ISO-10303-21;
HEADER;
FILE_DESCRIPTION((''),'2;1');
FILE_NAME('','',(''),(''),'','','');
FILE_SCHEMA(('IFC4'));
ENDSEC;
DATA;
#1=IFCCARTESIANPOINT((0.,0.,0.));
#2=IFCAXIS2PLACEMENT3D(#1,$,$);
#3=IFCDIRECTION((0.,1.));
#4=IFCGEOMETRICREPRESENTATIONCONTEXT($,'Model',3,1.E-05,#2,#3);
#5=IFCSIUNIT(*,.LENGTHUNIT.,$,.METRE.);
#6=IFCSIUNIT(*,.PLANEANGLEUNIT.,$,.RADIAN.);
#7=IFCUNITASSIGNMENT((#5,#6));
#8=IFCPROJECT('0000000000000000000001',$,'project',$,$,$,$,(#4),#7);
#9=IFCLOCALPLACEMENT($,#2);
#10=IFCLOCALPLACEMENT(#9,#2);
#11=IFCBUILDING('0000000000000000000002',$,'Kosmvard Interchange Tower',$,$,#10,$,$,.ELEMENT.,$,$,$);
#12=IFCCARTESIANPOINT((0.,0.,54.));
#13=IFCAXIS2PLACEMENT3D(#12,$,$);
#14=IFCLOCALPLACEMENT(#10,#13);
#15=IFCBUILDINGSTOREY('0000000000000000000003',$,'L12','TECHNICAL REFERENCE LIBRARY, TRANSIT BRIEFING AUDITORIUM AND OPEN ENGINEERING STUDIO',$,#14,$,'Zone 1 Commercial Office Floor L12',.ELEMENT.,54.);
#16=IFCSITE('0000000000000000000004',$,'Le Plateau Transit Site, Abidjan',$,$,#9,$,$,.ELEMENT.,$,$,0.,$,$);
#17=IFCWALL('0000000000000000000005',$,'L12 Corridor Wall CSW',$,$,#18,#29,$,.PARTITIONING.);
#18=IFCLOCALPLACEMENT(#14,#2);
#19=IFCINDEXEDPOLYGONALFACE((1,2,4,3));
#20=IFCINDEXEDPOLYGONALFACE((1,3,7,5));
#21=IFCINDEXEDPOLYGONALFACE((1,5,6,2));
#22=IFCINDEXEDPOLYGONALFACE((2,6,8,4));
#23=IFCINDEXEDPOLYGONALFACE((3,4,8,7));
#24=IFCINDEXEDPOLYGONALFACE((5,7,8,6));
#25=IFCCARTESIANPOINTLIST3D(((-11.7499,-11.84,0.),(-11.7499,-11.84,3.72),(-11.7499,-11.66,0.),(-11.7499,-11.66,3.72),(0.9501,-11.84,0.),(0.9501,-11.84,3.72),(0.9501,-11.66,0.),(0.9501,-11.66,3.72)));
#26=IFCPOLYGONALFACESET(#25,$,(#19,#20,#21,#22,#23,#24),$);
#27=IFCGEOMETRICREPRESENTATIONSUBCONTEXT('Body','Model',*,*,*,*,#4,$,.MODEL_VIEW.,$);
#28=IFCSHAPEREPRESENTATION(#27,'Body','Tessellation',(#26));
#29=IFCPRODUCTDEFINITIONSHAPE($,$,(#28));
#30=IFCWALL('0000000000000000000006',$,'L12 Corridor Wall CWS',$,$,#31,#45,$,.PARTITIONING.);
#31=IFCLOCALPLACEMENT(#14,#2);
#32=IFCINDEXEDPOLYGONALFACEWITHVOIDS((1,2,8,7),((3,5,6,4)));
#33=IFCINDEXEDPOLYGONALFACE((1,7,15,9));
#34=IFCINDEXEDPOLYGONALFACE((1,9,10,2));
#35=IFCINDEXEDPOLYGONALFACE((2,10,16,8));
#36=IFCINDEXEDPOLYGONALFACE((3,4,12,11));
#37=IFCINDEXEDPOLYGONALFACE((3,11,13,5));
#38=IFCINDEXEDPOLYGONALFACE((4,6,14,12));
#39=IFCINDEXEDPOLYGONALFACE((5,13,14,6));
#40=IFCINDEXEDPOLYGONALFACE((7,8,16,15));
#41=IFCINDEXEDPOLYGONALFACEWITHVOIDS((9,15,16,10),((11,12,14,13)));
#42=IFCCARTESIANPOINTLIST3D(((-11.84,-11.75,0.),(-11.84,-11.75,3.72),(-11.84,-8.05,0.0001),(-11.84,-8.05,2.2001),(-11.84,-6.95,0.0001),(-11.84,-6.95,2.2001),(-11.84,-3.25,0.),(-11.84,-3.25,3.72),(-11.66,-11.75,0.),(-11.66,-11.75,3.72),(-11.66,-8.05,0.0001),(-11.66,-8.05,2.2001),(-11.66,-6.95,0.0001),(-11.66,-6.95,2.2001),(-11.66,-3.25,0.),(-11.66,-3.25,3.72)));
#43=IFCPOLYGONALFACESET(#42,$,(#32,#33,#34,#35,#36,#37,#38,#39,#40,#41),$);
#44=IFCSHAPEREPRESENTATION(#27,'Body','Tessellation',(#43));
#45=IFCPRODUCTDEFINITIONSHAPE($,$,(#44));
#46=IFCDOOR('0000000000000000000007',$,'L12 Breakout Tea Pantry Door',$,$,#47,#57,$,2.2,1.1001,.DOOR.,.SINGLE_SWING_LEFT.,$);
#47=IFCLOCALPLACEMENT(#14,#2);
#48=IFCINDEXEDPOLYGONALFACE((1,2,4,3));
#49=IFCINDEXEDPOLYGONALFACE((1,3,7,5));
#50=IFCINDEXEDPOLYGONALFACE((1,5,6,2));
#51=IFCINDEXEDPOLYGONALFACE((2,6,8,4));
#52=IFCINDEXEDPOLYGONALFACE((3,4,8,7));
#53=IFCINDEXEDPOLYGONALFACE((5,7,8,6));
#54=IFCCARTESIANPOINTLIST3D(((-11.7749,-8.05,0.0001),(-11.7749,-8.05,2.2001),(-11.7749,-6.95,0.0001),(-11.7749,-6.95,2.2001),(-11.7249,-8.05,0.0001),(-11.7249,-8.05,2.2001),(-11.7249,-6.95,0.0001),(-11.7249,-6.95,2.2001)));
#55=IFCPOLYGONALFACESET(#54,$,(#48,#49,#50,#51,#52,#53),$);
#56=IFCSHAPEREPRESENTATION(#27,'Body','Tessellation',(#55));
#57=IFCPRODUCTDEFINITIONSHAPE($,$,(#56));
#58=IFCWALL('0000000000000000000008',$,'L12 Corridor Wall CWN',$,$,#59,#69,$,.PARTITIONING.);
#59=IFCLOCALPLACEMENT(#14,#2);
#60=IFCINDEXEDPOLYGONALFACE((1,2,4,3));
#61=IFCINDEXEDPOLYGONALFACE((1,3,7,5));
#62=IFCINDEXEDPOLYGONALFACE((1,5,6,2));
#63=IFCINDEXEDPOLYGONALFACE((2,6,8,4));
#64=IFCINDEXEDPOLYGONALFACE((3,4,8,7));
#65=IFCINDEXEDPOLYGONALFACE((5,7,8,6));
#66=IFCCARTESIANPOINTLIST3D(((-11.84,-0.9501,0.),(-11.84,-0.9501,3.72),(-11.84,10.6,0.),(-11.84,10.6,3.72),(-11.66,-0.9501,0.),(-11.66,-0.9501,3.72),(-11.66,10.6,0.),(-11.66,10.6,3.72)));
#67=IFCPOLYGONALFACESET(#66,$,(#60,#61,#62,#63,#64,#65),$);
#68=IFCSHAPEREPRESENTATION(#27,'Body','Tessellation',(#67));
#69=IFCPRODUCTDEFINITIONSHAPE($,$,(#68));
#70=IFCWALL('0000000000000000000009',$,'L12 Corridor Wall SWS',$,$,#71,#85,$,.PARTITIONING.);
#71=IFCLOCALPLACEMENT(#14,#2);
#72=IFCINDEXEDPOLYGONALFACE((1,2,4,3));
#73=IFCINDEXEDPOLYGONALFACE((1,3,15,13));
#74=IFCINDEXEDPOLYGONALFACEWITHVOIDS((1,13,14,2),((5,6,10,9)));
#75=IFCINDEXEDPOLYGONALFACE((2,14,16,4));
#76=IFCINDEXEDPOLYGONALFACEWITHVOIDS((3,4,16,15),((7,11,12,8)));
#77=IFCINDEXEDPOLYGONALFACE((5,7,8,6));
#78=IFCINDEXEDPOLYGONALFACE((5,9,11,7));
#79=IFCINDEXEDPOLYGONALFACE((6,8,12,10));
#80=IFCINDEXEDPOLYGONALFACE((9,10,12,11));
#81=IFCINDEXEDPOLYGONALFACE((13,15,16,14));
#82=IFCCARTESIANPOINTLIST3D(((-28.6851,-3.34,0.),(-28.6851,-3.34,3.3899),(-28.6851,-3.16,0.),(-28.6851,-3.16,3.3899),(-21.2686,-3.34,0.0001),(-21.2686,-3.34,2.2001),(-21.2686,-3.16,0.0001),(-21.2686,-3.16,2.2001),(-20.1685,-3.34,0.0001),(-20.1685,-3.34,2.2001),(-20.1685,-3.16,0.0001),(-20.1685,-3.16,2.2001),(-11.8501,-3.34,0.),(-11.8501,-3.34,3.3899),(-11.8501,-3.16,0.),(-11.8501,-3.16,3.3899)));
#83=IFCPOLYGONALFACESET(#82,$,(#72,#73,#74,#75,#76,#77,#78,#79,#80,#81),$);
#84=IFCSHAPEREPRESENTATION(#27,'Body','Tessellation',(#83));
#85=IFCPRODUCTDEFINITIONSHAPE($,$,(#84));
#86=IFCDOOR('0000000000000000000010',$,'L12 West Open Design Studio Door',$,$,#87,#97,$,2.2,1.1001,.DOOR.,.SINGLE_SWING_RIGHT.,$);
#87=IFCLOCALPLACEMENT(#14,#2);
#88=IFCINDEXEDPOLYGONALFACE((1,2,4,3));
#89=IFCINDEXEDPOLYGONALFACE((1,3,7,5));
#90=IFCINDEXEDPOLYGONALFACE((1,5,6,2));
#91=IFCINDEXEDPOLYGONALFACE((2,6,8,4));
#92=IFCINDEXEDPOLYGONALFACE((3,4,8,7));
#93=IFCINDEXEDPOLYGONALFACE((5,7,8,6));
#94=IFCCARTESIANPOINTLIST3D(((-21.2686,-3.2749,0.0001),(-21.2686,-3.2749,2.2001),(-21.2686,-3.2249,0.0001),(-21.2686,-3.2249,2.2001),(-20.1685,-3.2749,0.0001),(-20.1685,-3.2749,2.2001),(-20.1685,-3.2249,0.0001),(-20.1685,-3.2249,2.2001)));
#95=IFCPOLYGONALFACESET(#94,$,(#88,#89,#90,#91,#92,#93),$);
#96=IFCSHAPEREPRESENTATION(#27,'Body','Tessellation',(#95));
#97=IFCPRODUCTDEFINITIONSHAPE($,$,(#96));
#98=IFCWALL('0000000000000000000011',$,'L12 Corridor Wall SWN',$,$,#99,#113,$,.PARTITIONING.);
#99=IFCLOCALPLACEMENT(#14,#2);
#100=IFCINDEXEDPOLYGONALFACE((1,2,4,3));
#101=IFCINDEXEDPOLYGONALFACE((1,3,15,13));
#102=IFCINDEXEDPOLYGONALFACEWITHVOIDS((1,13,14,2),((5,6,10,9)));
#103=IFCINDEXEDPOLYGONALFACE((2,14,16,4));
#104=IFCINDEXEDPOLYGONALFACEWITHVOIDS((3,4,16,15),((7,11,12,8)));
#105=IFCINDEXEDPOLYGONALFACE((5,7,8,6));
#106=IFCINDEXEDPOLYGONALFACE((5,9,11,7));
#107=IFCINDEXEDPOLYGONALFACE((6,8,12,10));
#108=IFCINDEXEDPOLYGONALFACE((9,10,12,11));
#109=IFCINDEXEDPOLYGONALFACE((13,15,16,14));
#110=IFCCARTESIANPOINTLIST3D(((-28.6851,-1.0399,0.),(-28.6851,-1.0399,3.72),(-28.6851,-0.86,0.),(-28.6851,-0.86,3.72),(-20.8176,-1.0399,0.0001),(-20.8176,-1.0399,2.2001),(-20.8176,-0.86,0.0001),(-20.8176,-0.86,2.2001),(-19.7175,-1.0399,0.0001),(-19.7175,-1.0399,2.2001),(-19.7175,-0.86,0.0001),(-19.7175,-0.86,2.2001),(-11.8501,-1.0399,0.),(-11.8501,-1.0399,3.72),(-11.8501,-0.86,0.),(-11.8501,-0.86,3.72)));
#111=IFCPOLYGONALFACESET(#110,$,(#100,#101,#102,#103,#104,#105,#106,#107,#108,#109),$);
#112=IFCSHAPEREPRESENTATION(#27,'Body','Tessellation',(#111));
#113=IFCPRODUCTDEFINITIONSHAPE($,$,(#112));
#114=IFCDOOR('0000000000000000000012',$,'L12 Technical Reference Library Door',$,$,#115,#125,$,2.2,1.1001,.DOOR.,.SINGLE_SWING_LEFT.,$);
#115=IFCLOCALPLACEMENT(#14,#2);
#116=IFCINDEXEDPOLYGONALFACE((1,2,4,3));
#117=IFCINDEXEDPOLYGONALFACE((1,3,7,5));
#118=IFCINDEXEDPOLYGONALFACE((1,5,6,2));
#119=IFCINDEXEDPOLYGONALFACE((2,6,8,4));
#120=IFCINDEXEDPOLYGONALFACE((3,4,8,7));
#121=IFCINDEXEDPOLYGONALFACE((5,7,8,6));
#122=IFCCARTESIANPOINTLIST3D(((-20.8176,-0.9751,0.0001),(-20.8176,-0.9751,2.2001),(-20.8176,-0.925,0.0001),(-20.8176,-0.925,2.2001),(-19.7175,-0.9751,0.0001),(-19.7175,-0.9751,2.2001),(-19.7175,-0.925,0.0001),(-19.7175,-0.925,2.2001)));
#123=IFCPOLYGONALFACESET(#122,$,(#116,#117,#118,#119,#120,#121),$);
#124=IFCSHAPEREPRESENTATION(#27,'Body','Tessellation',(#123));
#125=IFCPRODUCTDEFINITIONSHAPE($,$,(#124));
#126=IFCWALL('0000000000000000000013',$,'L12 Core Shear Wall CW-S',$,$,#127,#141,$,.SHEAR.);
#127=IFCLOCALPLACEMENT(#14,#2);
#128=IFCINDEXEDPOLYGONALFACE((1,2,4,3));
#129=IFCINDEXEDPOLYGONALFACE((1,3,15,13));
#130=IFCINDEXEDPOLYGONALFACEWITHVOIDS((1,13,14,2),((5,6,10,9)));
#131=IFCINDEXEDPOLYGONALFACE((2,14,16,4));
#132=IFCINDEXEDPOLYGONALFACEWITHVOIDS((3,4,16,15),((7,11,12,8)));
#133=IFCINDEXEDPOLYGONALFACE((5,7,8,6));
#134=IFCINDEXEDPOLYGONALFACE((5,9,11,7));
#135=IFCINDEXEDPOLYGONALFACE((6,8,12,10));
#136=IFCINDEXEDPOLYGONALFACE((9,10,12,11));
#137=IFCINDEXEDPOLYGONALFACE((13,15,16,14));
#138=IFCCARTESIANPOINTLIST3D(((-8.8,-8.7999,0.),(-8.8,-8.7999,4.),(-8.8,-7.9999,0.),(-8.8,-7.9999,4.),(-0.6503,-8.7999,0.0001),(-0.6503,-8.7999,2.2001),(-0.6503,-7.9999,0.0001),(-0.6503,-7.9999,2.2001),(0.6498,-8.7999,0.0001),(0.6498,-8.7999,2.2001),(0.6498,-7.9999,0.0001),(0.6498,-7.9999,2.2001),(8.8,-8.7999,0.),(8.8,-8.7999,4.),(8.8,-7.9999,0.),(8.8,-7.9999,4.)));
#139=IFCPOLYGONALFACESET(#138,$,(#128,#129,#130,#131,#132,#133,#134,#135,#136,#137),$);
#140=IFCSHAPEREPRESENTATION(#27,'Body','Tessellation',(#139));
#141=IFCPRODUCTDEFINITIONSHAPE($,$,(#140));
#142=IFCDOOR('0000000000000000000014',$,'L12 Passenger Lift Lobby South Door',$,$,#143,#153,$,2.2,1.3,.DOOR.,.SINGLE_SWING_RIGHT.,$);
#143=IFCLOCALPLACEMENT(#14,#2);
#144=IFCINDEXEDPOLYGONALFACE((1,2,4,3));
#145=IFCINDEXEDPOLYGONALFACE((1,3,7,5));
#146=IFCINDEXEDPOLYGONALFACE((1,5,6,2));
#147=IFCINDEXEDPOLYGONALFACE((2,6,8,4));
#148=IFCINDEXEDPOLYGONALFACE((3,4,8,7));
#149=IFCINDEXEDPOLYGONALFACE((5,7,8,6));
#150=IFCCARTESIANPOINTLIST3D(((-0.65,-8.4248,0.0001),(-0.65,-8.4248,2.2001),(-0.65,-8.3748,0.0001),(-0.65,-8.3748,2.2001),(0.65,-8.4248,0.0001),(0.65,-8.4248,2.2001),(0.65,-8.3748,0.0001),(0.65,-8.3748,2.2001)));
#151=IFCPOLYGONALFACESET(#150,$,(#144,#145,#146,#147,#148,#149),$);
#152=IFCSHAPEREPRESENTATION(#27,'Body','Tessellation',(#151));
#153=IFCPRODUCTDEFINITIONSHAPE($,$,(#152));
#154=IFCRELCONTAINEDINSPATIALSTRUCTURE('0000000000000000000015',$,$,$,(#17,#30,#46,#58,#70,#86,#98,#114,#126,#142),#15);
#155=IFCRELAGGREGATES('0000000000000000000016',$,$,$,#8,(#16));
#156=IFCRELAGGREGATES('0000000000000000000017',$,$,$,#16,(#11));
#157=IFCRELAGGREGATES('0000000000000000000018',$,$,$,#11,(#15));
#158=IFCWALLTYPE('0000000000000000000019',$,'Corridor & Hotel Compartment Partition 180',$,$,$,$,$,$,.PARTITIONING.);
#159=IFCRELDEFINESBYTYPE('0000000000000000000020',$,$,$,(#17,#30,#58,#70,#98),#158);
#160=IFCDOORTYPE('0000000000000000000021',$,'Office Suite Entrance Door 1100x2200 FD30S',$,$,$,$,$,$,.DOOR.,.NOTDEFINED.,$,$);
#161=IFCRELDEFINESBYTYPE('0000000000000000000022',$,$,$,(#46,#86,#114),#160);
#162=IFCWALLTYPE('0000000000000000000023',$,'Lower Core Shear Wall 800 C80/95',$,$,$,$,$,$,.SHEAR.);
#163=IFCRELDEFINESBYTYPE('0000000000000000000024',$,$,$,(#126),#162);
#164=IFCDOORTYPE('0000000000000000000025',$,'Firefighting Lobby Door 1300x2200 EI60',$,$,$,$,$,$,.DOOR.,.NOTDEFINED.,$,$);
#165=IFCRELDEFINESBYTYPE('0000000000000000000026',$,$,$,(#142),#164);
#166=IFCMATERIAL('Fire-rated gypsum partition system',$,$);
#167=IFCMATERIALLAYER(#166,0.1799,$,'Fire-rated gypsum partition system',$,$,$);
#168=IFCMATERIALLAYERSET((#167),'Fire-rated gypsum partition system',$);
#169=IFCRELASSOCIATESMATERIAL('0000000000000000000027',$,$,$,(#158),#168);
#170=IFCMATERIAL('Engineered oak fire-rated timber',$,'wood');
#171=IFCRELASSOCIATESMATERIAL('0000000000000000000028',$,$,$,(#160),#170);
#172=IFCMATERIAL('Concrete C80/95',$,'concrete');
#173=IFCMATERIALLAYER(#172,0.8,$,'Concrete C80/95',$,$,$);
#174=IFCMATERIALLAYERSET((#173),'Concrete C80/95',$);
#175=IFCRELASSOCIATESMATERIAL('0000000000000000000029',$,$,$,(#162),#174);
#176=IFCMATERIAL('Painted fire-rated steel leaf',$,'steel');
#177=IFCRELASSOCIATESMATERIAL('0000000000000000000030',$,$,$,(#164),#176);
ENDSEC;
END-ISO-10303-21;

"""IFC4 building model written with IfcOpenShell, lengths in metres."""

from ifc_helpers import new_model, si_unit, direction, frame, frame_2d, origin, place, context, subcontext, project, spatial, rectangle, extrude, source, transform, mapped, material, layer, layer_set, type_object, element, fill, save


model = new_model("IFC4")

# Units and contexts
model_context = context("Model", 3, precision=1e-05, world=origin(), true_north=direction((0.0, 1.0)))
body_context = subcontext(model_context, "Body", "Model", "MODEL_VIEW")
ifc_project = project(units=[si_unit("LENGTHUNIT", "METRE"), si_unit("PLANEANGLEUNIT", "RADIAN")], contexts=[model_context])

# Site, building, storey
site_placement = place(None, origin())
site = spatial("IfcSite", under=ifc_project, at=site_placement, Name="Le Plateau Transit Site, Abidjan", CompositionType="ELEMENT", RefElevation=0.0)
building_placement = place(site_placement, origin())
building = spatial("IfcBuilding", under=site, at=building_placement, Name="Kosmvard Interchange Tower", CompositionType="ELEMENT")
storey_placement = place(building_placement, frame((0.0, 0.0, 54.0)))
storey = spatial("IfcBuildingStorey", under=building, at=storey_placement, Name="L12", Description="TECHNICAL REFERENCE LIBRARY, TRANSIT BRIEFING AUDITORIUM AND OPEN ENGINEERING STUDIO", LongName="Zone 1 Commercial Office Floor L12", CompositionType="ELEMENT", Elevation=54.0)

# Shared definitions
ifc_material_1 = material(Name="Concrete C80/95", Category="concrete")

# Wall
ifc_material_2 = material(Name="Fire-rated gypsum partition system")
ifc_layer_1 = layer(ifc_material_2, 0.1799, Name="Fire-rated gypsum partition system")
ifc_layer_set_1 = layer_set([ifc_layer_1], Name="Fire-rated gypsum partition system")
wall_type_1 = type_object("IfcWallType", Name="Corridor & Hotel Compartment Partition 180", PredefinedType="PARTITIONING", material=ifc_layer_set_1)
wall_1_placement = place(storey_placement, frame((-11.75, -11.75, 0.0), z_axis=(0.0, 0.0, 1.0), x_axis=(1.0, 0.0, 0.0)))
element("IfcWall", 1, at=wall_1_placement, inside=storey, type_object=wall_type_1, Name="L12 Corridor Wall CSW", PredefinedType="PARTITIONING", context=body_context, shape_type="SweptSolid", body=[
    extrude(rectangle(XDim=12.7, YDim=0.1799, at=frame_2d((6.3501, 0.0))), origin(), (0.0, 0.0, 1.0), 3.72),
])

# Wall, opening, door
wall_2_placement = place(storey_placement, frame((-11.75, -11.75, 0.0), z_axis=(0.0, 0.0, 1.0), x_axis=(0.0, 1.0, 0.0)))
wall_2 = element("IfcWall", 2, at=wall_2_placement, inside=storey, type_object=wall_type_1, Name="L12 Corridor Wall CWS", PredefinedType="PARTITIONING", context=body_context, shape_type="SweptSolid", body=[
    extrude(rectangle(XDim=8.5, YDim=0.1799, at=frame_2d((4.25, 0.0))), origin(), (0.0, 0.0, 1.0), 3.72),
])
opening_1_placement = place(wall_2_placement, frame((3.7, 0.0, 0.0)))
opening_1 = element("IfcOpeningElement", 3, at=opening_1_placement, cuts=wall_2, PredefinedType="OPENING", context=body_context, shape_type="SweptSolid", body=[
    extrude(rectangle(XDim=1.1001, YDim=2.2, at=frame_2d((0.55, 1.1001))), frame((0.0, 0.1001, 0.0), z_axis=(0.0, -1.0, 0.0), x_axis=(1.0, 0.0, 0.0)), (0.0, 0.0, 1.0), 0.2),
])
ifc_material_3 = material(Name="Engineered oak fire-rated timber", Category="wood")
door_type_1 = type_object("IfcDoorType", Name="Office Suite Entrance Door 1100x2200 FD30S", OperationType="NOTDEFINED", PredefinedType="DOOR", material=ifc_material_3)
shared_shape_1 = source(origin(), body_context, "Body", "SweptSolid", [
    extrude(rectangle(XDim=1.1001, YDim=2.2, at=frame_2d((0.55, 1.1001))), frame((0.0, 0.0249, 0.0), z_axis=(0.0, -1.0, 0.0), x_axis=(1.0, 0.0, 0.0)), (0.0, 0.0, 1.0), 0.05),
])
door_1_placement = place(opening_1_placement, origin())
door_1 = element("IfcDoor", 4, at=door_1_placement, inside=storey, type_object=door_type_1, Name="L12 Breakout Tea Pantry Door", OperationType="SINGLE_SWING_LEFT", OverallHeight=2.2, OverallWidth=1.1001, PredefinedType="DOOR", context=body_context, shape_type="MappedRepresentation", body=[
    mapped(shared_shape_1, transform((0.0, 0.0, 0.0), scale=1.0)),
])
fill(opening_1, door_1)

# Wall
wall_3_placement = place(storey_placement, frame((-11.75, -0.95, 0.0), z_axis=(0.0, 0.0, 1.0), x_axis=(0.0, 1.0, 0.0)))
element("IfcWall", 5, at=wall_3_placement, inside=storey, type_object=wall_type_1, Name="L12 Corridor Wall CWN", PredefinedType="PARTITIONING", context=body_context, shape_type="SweptSolid", body=[
    extrude(rectangle(XDim=11.55, YDim=0.1799, at=frame_2d((5.7749, 0.0))), origin(), (0.0, 0.0, 1.0), 3.72),
])

# Walls, openings, doors
wall_4_placement = place(storey_placement, frame((-28.6851, -3.25, 0.0), z_axis=(0.0, 0.0, 1.0), x_axis=(1.0, 0.0, 0.0)))
wall_4 = element("IfcWall", 6, at=wall_4_placement, inside=storey, type_object=wall_type_1, Name="L12 Corridor Wall SWS", PredefinedType="PARTITIONING", context=body_context, shape_type="SweptSolid", body=[
    extrude(rectangle(XDim=16.835, YDim=0.1799, at=frame_2d((8.4175, 0.0))), origin(), (0.0, 0.0, 1.0), 3.3899),
])
opening_2_placement = place(wall_4_placement, frame((7.4165, 0.0, 0.0)))
opening_2 = element("IfcOpeningElement", 7, at=opening_2_placement, cuts=wall_4, PredefinedType="OPENING", context=body_context, shape_type="SweptSolid", body=[
    extrude(rectangle(XDim=1.1001, YDim=2.2, at=frame_2d((0.55, 1.1001))), frame((0.0, 0.1001, 0.0), z_axis=(0.0, -1.0, 0.0), x_axis=(1.0, 0.0, 0.0)), (0.0, 0.0, 1.0), 0.2),
])
door_2_placement = place(opening_2_placement, frame((1.1001, 0.0, 0.0), z_axis=(0.0, 0.0, 1.0), x_axis=(-1.0, 0.0, 0.0)))
door_2 = element("IfcDoor", 8, at=door_2_placement, inside=storey, type_object=door_type_1, Name="L12 West Open Design Studio Door", OperationType="SINGLE_SWING_RIGHT", OverallHeight=2.2, OverallWidth=1.1001, PredefinedType="DOOR", context=body_context, shape_type="MappedRepresentation", body=[
    mapped(shared_shape_1, transform((0.0, 0.0, 0.0), scale=1.0)),
])
fill(opening_2, door_2)
wall_5_placement = place(storey_placement, frame((-28.6851, -0.95, 0.0), z_axis=(0.0, 0.0, 1.0), x_axis=(1.0, 0.0, 0.0)))
wall_5 = element("IfcWall", 9, at=wall_5_placement, inside=storey, type_object=wall_type_1, Name="L12 Corridor Wall SWN", PredefinedType="PARTITIONING", context=body_context, shape_type="SweptSolid", body=[
    extrude(rectangle(XDim=16.835, YDim=0.1799, at=frame_2d((8.4175, 0.0))), origin(), (0.0, 0.0, 1.0), 3.72),
])
opening_3_placement = place(wall_5_placement, frame((7.8674, 0.0, 0.0)))
opening_3 = element("IfcOpeningElement", 10, at=opening_3_placement, cuts=wall_5, PredefinedType="OPENING", context=body_context, shape_type="SweptSolid", body=[
    extrude(rectangle(XDim=1.1001, YDim=2.2, at=frame_2d((0.55, 1.1001))), frame((0.0, 0.1001, 0.0), z_axis=(0.0, -1.0, 0.0), x_axis=(1.0, 0.0, 0.0)), (0.0, 0.0, 1.0), 0.2),
])
door_3_placement = place(opening_3_placement, origin())
door_3 = element("IfcDoor", 11, at=door_3_placement, inside=storey, type_object=door_type_1, Name="L12 Technical Reference Library Door", OperationType="SINGLE_SWING_LEFT", OverallHeight=2.2, OverallWidth=1.1001, PredefinedType="DOOR", context=body_context, shape_type="MappedRepresentation", body=[
    mapped(shared_shape_1, transform((0.0, 0.0, 0.0), scale=1.0)),
])
fill(opening_3, door_3)
ifc_layer_2 = layer(ifc_material_1, 0.8, Name="Concrete C80/95")
ifc_layer_set_2 = layer_set([ifc_layer_2], Name="Concrete C80/95")
wall_type_2 = type_object("IfcWallType", Name="Lower Core Shear Wall 800 C80/95", PredefinedType="SHEAR", material=ifc_layer_set_2)
wall_6_placement = place(storey_placement, frame((-8.8, -8.3999, 0.0), z_axis=(0.0, 0.0, 1.0), x_axis=(1.0, 0.0, 0.0)))
wall_6 = element("IfcWall", 12, at=wall_6_placement, inside=storey, type_object=wall_type_2, Name="L12 Core Shear Wall CW-S", PredefinedType="SHEAR", context=body_context, shape_type="SweptSolid", body=[
    extrude(rectangle(XDim=17.6001, YDim=0.8, at=frame_2d((8.8, 0.0))), origin(), (0.0, 0.0, 1.0), 4.0),
])
opening_4_placement = place(wall_6_placement, frame((8.1499, 0.0, 0.0)))
opening_4 = element("IfcOpeningElement", 13, at=opening_4_placement, cuts=wall_6, PredefinedType="OPENING", context=body_context, shape_type="SweptSolid", body=[
    extrude(rectangle(XDim=1.3, YDim=2.2, at=frame_2d((0.6499, 1.1001))), frame((0.0, 0.4102, 0.0), z_axis=(0.0, -1.0, 0.0), x_axis=(1.0, 0.0, 0.0)), (0.0, 0.0, 1.0), 0.8201),
])
ifc_material_4 = material(Name="Painted fire-rated steel leaf", Category="steel")
door_type_2 = type_object("IfcDoorType", Name="Firefighting Lobby Door 1300x2200 EI60", OperationType="NOTDEFINED", PredefinedType="DOOR", material=ifc_material_4)
shared_shape_2 = source(origin(), body_context, "Body", "SweptSolid", [
    extrude(rectangle(XDim=1.3, YDim=2.2, at=frame_2d((0.6499, 1.1001))), frame((0.0, 0.0249, 0.0), z_axis=(0.0, -1.0, 0.0), x_axis=(1.0, 0.0, 0.0)), (0.0, 0.0, 1.0), 0.05),
])
door_4_placement = place(opening_4_placement, frame((1.3, 0.0, 0.0), z_axis=(0.0, 0.0, 1.0), x_axis=(-1.0, 0.0, 0.0)))
door_4 = element("IfcDoor", 14, at=door_4_placement, inside=storey, type_object=door_type_2, Name="L12 Passenger Lift Lobby South Door", OperationType="SINGLE_SWING_RIGHT", OverallHeight=2.2, OverallWidth=1.3, PredefinedType="DOOR", context=body_context, shape_type="MappedRepresentation", body=[
    mapped(shared_shape_2, transform((0.0, 0.0, 0.0), scale=1.0)),
])
fill(opening_4, door_4)

save(model, "model.ifc")
